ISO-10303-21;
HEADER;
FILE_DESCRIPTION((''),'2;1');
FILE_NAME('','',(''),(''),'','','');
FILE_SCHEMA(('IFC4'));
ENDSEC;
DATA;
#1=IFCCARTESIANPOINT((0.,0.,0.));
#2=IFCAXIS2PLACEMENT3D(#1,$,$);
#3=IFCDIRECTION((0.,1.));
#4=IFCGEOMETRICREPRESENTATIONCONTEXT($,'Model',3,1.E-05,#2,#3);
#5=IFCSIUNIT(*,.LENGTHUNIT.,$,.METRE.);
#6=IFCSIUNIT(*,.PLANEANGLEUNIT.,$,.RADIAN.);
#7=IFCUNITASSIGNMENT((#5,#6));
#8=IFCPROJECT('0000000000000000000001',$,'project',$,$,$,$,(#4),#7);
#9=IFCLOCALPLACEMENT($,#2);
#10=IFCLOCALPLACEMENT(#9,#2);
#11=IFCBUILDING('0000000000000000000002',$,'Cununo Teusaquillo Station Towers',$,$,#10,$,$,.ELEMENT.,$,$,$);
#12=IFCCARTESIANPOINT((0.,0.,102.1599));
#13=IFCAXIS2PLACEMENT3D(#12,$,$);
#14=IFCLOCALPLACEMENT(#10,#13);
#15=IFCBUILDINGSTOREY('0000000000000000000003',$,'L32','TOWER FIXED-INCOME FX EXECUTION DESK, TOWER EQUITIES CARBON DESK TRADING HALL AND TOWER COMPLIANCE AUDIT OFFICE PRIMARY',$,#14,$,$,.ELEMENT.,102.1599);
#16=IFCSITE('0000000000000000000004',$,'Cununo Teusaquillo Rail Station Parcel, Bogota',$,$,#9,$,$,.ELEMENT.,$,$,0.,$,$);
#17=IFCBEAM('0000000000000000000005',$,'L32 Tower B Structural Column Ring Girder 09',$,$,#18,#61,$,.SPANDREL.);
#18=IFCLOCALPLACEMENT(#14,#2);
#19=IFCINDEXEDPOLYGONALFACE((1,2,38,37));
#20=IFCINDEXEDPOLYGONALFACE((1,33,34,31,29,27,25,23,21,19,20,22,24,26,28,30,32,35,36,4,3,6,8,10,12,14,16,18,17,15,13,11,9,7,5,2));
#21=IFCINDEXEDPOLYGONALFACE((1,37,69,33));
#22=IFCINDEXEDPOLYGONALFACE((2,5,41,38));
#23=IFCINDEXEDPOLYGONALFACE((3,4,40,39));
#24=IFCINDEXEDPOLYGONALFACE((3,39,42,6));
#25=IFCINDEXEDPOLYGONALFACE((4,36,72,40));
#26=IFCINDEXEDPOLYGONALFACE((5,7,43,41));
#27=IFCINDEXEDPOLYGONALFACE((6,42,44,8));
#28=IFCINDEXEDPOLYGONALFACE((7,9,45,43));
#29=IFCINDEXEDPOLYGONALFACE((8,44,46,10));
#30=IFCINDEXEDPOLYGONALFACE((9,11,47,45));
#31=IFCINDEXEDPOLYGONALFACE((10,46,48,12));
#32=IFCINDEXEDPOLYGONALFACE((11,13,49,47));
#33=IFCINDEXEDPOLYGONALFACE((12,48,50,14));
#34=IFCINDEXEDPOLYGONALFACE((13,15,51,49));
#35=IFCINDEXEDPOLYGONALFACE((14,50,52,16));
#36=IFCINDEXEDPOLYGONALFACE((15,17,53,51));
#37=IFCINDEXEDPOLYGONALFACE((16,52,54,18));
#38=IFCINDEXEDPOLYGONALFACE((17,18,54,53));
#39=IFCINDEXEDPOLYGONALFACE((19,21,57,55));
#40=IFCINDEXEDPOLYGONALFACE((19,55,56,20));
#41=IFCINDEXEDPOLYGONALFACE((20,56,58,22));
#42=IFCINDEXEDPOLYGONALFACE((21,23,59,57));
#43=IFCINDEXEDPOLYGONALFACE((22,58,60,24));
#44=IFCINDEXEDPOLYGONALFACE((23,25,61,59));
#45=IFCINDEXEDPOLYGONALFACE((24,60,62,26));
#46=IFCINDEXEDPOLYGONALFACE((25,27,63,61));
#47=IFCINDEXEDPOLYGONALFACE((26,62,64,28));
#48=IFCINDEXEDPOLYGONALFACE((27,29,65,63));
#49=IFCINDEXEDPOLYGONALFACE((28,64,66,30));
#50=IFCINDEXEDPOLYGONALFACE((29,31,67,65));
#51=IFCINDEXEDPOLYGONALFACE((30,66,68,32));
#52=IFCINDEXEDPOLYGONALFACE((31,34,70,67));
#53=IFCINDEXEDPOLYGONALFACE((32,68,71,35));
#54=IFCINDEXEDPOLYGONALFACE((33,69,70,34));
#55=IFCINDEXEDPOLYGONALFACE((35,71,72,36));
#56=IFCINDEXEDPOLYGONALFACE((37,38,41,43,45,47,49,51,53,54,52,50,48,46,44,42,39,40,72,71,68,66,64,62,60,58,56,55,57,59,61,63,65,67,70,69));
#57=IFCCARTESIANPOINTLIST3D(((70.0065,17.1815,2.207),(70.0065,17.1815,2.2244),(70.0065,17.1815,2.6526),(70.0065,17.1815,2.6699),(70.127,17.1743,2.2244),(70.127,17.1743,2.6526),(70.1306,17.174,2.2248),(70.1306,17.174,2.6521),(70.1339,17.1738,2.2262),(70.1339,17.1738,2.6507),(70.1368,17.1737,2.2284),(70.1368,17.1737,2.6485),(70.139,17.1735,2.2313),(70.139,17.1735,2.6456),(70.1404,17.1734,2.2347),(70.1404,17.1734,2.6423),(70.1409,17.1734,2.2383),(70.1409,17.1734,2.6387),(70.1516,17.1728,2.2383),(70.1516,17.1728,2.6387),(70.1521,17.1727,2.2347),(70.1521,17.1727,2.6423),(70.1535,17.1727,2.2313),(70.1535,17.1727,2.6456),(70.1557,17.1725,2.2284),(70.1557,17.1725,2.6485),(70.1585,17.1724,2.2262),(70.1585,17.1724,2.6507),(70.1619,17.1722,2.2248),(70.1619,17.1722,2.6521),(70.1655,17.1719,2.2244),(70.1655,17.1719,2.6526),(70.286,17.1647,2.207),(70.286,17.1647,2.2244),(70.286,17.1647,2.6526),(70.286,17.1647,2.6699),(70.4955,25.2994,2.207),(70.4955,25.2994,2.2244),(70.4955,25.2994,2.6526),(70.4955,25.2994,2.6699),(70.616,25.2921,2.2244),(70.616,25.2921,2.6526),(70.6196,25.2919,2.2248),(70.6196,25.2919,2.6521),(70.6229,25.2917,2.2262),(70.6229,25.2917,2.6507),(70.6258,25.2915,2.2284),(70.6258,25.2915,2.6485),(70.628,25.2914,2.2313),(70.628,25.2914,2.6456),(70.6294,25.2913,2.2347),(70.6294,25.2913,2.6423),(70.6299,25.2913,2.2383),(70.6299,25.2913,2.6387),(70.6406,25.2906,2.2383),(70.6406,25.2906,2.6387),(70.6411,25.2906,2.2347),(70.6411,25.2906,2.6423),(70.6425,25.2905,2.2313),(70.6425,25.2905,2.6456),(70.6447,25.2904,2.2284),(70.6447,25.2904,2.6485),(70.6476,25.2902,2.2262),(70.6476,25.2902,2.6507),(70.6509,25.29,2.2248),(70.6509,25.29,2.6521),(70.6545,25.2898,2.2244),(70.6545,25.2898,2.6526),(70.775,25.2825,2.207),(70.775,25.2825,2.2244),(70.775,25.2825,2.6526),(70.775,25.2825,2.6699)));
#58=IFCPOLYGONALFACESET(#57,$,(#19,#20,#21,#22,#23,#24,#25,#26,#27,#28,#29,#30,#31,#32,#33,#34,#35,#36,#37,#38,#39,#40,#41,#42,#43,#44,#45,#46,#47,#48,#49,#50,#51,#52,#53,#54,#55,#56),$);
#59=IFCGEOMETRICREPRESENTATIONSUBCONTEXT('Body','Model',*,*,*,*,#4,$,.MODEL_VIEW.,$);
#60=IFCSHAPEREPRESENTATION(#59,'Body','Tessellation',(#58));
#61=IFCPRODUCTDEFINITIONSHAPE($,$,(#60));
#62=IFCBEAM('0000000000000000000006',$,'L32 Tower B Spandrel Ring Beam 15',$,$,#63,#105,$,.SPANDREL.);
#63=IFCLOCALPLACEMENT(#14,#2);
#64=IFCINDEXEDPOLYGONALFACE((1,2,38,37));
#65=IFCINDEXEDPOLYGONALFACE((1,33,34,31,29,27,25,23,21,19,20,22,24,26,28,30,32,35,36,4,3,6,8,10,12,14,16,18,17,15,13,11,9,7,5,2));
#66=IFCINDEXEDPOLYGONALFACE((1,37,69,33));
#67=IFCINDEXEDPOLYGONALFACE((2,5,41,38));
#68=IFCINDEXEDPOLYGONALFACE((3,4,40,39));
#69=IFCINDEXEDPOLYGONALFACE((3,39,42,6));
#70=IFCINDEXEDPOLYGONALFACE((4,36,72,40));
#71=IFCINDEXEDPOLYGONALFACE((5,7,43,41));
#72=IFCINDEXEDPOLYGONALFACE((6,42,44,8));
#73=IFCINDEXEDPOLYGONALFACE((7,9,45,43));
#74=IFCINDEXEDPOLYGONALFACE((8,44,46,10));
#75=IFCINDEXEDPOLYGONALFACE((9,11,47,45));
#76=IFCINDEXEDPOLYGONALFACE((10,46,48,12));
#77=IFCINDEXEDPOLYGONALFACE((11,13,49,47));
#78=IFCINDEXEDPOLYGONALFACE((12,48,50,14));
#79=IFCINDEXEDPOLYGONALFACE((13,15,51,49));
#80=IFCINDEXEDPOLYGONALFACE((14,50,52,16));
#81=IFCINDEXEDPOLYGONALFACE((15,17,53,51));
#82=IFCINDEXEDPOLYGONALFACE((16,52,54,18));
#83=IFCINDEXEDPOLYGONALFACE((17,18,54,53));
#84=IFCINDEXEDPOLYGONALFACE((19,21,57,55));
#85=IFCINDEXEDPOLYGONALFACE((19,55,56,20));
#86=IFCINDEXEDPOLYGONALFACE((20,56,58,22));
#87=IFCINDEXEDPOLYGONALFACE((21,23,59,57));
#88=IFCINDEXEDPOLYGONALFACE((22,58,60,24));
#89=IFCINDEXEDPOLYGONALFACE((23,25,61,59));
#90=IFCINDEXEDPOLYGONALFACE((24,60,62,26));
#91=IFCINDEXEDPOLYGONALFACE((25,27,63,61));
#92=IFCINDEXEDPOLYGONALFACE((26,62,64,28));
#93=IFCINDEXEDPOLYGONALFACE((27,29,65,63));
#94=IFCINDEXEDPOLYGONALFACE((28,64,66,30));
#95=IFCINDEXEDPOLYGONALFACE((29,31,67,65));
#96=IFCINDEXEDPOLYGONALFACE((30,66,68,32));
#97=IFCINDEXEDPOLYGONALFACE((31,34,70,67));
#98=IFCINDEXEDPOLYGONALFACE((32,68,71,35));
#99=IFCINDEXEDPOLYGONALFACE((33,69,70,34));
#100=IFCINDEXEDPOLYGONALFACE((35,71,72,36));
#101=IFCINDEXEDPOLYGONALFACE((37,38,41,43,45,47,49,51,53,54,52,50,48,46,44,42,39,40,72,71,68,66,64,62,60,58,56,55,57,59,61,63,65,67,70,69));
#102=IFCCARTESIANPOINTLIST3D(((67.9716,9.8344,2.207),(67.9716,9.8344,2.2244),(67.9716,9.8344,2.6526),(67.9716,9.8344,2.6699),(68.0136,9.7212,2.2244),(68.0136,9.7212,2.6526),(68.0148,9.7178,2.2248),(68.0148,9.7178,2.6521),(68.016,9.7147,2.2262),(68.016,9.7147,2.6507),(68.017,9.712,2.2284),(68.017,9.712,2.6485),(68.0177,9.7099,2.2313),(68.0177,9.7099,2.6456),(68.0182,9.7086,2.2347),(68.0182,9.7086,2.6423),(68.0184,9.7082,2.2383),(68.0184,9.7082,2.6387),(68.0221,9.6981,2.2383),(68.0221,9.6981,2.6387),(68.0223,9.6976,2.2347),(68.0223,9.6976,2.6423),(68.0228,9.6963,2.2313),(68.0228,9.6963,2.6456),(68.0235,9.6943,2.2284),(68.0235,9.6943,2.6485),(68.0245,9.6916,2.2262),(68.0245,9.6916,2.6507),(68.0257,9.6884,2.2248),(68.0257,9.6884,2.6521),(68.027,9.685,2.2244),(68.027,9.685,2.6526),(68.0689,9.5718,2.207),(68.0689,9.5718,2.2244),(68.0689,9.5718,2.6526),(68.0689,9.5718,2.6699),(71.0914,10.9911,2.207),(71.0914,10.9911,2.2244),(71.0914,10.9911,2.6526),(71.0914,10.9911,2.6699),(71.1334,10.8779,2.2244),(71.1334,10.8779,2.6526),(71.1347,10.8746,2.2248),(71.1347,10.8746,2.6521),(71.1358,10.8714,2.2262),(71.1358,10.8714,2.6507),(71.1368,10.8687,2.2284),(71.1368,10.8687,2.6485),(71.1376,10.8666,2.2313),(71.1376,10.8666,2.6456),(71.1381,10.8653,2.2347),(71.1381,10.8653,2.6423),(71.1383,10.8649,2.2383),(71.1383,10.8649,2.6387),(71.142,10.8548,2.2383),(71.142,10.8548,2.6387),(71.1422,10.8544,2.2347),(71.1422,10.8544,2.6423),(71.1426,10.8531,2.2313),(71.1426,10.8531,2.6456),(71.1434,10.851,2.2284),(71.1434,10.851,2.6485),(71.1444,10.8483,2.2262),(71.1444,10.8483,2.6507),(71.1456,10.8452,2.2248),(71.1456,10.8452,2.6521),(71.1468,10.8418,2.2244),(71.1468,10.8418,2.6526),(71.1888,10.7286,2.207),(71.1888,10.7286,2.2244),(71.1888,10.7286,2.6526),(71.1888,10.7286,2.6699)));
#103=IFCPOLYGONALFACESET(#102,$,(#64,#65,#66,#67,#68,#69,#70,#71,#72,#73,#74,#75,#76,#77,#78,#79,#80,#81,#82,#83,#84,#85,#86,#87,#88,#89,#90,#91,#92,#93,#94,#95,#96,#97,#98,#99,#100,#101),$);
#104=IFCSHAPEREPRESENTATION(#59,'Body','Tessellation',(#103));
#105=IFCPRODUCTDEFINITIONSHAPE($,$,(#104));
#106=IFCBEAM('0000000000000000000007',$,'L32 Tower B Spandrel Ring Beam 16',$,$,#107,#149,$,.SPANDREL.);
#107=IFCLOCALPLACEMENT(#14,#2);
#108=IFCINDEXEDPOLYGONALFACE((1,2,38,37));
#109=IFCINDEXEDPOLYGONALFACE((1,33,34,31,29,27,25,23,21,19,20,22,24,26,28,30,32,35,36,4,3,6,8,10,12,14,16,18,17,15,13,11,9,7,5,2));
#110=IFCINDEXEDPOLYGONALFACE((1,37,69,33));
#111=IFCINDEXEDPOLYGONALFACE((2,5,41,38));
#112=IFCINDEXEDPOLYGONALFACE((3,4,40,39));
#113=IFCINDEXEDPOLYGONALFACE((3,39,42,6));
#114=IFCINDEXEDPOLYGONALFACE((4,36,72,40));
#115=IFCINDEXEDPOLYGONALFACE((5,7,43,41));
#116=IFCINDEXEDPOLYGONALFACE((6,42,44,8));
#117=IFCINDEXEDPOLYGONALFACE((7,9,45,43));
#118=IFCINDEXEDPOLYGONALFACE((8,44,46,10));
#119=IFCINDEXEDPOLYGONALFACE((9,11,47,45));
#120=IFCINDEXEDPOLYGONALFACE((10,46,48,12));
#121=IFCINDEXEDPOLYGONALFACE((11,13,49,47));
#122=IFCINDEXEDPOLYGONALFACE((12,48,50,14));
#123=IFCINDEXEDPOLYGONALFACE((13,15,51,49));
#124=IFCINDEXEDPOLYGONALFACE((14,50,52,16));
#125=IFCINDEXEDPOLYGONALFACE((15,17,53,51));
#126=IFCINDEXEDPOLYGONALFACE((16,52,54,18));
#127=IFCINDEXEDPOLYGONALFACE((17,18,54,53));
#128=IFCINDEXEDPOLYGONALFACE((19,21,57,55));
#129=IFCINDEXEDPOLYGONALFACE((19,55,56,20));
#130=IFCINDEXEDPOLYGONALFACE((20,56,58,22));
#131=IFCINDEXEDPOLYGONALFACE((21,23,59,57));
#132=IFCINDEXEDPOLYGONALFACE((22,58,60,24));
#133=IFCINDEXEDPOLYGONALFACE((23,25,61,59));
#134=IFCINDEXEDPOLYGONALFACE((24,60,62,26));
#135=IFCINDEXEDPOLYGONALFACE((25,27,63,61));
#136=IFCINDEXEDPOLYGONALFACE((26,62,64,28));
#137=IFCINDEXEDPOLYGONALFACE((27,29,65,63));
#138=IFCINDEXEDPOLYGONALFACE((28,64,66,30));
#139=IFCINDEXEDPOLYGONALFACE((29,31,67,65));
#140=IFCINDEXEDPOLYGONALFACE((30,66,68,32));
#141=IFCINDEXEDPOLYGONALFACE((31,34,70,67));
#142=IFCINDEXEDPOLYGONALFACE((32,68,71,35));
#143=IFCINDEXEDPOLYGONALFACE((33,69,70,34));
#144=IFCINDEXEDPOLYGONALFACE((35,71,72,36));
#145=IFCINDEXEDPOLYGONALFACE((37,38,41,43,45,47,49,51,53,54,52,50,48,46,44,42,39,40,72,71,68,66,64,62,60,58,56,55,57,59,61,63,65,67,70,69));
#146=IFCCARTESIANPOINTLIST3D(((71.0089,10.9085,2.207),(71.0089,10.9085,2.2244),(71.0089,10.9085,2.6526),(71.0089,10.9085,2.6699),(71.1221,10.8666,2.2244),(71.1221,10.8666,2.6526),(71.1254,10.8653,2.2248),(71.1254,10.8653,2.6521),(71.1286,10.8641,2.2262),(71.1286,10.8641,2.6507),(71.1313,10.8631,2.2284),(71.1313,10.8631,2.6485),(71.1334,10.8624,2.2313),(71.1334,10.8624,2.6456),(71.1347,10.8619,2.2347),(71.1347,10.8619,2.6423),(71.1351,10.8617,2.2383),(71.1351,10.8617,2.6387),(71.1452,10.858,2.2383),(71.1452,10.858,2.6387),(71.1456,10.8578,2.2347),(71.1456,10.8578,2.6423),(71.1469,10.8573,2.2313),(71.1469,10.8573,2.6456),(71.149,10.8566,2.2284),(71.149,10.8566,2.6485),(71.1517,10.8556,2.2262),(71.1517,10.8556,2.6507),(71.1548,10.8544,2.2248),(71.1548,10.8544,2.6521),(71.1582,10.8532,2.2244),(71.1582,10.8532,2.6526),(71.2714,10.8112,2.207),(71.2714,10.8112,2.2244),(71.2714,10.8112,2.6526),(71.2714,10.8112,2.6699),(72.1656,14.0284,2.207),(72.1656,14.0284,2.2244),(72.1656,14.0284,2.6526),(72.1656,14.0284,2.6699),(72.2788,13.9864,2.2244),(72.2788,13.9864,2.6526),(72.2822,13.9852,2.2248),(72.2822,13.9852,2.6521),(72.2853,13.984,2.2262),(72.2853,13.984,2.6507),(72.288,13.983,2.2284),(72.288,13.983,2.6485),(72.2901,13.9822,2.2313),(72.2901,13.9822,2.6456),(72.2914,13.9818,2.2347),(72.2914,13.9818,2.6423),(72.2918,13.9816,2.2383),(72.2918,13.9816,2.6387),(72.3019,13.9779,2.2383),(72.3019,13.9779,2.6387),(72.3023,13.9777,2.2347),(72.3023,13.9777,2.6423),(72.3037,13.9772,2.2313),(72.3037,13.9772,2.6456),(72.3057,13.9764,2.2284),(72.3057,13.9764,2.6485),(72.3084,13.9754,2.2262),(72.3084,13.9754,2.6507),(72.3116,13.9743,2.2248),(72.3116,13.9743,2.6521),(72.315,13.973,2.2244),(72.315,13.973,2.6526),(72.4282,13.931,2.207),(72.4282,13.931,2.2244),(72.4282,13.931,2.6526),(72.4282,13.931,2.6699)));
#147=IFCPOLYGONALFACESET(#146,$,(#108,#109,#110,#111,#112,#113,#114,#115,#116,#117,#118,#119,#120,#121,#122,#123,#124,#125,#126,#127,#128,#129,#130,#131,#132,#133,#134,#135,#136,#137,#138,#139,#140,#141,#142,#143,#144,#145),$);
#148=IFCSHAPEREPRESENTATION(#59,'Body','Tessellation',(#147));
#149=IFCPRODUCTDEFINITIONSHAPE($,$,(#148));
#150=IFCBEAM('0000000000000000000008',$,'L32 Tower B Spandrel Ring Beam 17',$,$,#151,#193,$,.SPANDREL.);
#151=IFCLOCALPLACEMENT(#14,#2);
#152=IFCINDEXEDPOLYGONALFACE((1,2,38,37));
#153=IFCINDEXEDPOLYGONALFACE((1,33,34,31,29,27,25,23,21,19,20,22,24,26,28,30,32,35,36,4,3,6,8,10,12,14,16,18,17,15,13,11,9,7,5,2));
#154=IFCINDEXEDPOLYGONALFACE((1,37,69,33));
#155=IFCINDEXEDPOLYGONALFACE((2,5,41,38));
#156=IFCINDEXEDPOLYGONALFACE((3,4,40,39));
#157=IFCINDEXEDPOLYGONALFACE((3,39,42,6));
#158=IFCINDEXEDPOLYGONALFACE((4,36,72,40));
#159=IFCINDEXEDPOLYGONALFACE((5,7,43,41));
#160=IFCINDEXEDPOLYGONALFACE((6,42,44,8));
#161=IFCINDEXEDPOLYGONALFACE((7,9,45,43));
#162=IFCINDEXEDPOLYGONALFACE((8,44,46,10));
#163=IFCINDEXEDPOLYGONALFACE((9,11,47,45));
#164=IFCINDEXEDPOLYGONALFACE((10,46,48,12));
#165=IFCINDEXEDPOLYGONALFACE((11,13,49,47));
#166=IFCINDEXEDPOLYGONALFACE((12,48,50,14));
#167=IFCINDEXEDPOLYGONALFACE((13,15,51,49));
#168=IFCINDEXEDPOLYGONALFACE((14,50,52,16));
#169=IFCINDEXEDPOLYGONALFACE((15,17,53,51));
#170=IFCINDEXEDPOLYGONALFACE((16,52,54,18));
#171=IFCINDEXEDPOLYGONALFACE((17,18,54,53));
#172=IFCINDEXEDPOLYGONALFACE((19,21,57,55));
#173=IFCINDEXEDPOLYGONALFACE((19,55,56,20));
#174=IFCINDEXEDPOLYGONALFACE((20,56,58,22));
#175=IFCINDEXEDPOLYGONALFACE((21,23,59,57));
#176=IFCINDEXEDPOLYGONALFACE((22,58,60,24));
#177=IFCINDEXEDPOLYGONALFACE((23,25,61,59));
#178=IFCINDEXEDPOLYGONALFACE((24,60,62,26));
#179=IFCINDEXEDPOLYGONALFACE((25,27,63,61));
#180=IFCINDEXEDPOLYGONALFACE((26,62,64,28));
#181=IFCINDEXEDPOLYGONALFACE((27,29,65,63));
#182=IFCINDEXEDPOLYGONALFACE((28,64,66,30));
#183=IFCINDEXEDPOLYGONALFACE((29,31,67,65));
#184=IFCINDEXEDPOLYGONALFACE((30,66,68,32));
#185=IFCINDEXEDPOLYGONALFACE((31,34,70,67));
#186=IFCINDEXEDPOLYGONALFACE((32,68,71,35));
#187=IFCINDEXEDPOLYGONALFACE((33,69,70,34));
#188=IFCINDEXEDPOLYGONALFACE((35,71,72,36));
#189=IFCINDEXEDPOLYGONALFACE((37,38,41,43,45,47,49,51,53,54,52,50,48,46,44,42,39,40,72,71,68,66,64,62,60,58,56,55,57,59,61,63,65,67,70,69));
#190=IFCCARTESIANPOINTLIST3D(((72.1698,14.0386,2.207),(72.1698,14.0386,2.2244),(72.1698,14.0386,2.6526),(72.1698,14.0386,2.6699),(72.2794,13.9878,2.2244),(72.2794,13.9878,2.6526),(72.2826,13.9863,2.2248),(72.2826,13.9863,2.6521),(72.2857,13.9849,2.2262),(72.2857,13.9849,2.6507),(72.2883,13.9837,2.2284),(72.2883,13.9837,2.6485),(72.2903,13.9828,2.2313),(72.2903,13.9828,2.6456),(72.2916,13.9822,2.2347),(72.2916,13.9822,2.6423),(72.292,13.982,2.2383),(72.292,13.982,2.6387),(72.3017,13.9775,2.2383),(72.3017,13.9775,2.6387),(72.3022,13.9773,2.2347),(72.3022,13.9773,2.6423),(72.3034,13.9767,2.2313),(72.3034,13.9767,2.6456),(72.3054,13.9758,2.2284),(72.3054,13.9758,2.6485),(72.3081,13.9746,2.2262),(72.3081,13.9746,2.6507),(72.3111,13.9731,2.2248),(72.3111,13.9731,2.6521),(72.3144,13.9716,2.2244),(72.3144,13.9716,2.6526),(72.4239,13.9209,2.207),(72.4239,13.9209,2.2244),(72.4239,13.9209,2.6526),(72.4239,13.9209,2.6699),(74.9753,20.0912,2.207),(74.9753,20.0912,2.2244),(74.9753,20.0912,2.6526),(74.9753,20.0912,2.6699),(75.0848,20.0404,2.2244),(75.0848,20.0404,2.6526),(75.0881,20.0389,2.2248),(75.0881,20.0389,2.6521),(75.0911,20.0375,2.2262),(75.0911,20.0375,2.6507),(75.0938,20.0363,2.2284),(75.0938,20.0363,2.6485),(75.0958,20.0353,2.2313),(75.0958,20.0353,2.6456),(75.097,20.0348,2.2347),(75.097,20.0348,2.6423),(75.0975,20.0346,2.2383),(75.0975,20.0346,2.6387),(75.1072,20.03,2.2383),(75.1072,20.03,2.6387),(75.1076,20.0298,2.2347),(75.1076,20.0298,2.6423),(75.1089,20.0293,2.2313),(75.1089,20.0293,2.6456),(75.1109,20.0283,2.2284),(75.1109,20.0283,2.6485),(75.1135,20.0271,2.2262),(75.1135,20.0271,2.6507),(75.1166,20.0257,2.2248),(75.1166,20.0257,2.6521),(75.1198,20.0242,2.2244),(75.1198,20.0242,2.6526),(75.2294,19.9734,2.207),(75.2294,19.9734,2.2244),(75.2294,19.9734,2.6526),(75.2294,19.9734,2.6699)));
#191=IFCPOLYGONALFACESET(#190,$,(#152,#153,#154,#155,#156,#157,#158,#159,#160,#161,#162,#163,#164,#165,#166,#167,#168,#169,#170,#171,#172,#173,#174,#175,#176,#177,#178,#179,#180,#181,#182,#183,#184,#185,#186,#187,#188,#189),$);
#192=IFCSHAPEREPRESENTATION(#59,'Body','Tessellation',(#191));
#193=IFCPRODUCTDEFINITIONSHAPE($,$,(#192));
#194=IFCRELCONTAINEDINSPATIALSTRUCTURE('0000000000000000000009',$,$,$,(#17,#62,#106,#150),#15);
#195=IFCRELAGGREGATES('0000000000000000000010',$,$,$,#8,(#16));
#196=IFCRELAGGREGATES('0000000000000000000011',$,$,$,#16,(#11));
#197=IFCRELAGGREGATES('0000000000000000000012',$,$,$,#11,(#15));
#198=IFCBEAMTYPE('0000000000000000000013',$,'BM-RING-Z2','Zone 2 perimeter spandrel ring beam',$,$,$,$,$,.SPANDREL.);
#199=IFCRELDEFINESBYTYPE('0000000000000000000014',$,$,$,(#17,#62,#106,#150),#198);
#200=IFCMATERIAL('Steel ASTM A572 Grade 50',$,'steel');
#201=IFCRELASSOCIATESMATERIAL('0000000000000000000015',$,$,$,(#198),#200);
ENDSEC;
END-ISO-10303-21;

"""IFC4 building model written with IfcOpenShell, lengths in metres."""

from ifc_helpers import new_model, si_unit, direction, frame, origin, origin_2d, place, context, subcontext, project, spatial, i_section, extrude, material, material_profile, profile_set, type_object, element, save


model = new_model("IFC4")

# Units and contexts
model_context = context("Model", 3, precision=1e-05, world=origin(), true_north=direction((0.0, 1.0)))
body_context = subcontext(model_context, "Body", "Model", "MODEL_VIEW")
ifc_project = project(units=[si_unit("LENGTHUNIT", "METRE"), si_unit("PLANEANGLEUNIT", "RADIAN")], contexts=[model_context])

# Site, building, storey
site_placement = place(None, origin())
site = spatial("IfcSite", under=ifc_project, at=site_placement, Name="Cununo Teusaquillo Rail Station Parcel, Bogota", CompositionType="ELEMENT", RefElevation=0.0)
building_placement = place(site_placement, origin())
building = spatial("IfcBuilding", under=site, at=building_placement, Name="Cununo Teusaquillo Station Towers", CompositionType="ELEMENT")
storey_placement = place(building_placement, frame((0.0, 0.0, 102.1599)))
storey = spatial("IfcBuildingStorey", under=building, at=storey_placement, Name="L32", Description="TOWER FIXED-INCOME FX EXECUTION DESK, TOWER EQUITIES CARBON DESK TRADING HALL AND TOWER COMPLIANCE AUDIT OFFICE PRIMARY", CompositionType="ELEMENT", Elevation=102.1599)

# Beams
ifc_material_1 = material(Name="Steel ASTM A572 Grade 50", Category="steel")
ifc_material_profile_1 = material_profile(ifc_material_1, i_section(OverallWidth=0.28, OverallDepth=0.4629, WebThickness=0.0107, FlangeThickness=0.0173, FilletRadius=0.0139, at=origin_2d()), Name="W18X76")
ifc_profile_set_1 = profile_set([ifc_material_profile_1], Name="Steel ASTM A572 Grade 50")
beam_type_1 = type_object("IfcBeamType", Name="BM-RING-Z2", Description="Zone 2 perimeter spandrel ring beam", PredefinedType="SPANDREL", material=ifc_profile_set_1)
beam_1_placement = place(storey_placement, frame((70.1462, 17.1731, 2.4385), z_axis=(0.06013, 0.998191, 0.0), x_axis=(-0.998191, 0.06013, 0.0)))
element("IfcBeam", 1, at=beam_1_placement, inside=storey, type_object=beam_type_1, Name="L32 Tower B Structural Column Ring Girder 09", PredefinedType="SPANDREL", context=body_context, shape_type="SweptSolid", body=[
    extrude(i_section(OverallWidth=0.28, OverallDepth=0.4629, WebThickness=0.0107, FlangeThickness=0.0173, FilletRadius=0.0139, at=origin_2d()), origin(), (0.0, 0.0, 1.0), 8.1326),
])
for number, where, z_axis, x_axis, name in (
    (2, (68.0203, 9.7031, 2.4385), (0.937628, 0.347639, 0.0), (-0.347639, 0.937628, 0.0), "L32 Tower B Spandrel Ring Beam 15"),
    (3, (71.1401, 10.8599, 2.4385), (0.347639, 0.937628, 0.0), (-0.937628, 0.347639, 0.0), "L32 Tower B Spandrel Ring Beam 16"),
):
    element("IfcBeam", number, at=place(storey_placement, frame(where, z_axis=z_axis, x_axis=x_axis)), inside=storey, type_object=beam_type_1, Name=name, PredefinedType="SPANDREL", context=body_context, shape_type="SweptSolid", body=[
        extrude(i_section(OverallWidth=0.28, OverallDepth=0.4629, WebThickness=0.0107, FlangeThickness=0.0173, FilletRadius=0.0139, at=origin_2d()), origin(), (0.0, 0.0, 1.0), 3.3274),
    ])
beam_2_placement = place(storey_placement, frame((72.2969, 13.9797, 2.4385), z_axis=(0.420536, 0.907276, 0.0), x_axis=(-0.907276, 0.420536, 0.0)))
element("IfcBeam", 4, at=beam_2_placement, inside=storey, type_object=beam_type_1, Name="L32 Tower B Spandrel Ring Beam 17", PredefinedType="SPANDREL", context=body_context, shape_type="SweptSolid", body=[
    extrude(i_section(OverallWidth=0.28, OverallDepth=0.4629, WebThickness=0.0107, FlangeThickness=0.0173, FilletRadius=0.0139, at=origin_2d()), origin(), (0.0, 0.0, 1.0), 6.6711),
])

save(model, "model.ifc")
